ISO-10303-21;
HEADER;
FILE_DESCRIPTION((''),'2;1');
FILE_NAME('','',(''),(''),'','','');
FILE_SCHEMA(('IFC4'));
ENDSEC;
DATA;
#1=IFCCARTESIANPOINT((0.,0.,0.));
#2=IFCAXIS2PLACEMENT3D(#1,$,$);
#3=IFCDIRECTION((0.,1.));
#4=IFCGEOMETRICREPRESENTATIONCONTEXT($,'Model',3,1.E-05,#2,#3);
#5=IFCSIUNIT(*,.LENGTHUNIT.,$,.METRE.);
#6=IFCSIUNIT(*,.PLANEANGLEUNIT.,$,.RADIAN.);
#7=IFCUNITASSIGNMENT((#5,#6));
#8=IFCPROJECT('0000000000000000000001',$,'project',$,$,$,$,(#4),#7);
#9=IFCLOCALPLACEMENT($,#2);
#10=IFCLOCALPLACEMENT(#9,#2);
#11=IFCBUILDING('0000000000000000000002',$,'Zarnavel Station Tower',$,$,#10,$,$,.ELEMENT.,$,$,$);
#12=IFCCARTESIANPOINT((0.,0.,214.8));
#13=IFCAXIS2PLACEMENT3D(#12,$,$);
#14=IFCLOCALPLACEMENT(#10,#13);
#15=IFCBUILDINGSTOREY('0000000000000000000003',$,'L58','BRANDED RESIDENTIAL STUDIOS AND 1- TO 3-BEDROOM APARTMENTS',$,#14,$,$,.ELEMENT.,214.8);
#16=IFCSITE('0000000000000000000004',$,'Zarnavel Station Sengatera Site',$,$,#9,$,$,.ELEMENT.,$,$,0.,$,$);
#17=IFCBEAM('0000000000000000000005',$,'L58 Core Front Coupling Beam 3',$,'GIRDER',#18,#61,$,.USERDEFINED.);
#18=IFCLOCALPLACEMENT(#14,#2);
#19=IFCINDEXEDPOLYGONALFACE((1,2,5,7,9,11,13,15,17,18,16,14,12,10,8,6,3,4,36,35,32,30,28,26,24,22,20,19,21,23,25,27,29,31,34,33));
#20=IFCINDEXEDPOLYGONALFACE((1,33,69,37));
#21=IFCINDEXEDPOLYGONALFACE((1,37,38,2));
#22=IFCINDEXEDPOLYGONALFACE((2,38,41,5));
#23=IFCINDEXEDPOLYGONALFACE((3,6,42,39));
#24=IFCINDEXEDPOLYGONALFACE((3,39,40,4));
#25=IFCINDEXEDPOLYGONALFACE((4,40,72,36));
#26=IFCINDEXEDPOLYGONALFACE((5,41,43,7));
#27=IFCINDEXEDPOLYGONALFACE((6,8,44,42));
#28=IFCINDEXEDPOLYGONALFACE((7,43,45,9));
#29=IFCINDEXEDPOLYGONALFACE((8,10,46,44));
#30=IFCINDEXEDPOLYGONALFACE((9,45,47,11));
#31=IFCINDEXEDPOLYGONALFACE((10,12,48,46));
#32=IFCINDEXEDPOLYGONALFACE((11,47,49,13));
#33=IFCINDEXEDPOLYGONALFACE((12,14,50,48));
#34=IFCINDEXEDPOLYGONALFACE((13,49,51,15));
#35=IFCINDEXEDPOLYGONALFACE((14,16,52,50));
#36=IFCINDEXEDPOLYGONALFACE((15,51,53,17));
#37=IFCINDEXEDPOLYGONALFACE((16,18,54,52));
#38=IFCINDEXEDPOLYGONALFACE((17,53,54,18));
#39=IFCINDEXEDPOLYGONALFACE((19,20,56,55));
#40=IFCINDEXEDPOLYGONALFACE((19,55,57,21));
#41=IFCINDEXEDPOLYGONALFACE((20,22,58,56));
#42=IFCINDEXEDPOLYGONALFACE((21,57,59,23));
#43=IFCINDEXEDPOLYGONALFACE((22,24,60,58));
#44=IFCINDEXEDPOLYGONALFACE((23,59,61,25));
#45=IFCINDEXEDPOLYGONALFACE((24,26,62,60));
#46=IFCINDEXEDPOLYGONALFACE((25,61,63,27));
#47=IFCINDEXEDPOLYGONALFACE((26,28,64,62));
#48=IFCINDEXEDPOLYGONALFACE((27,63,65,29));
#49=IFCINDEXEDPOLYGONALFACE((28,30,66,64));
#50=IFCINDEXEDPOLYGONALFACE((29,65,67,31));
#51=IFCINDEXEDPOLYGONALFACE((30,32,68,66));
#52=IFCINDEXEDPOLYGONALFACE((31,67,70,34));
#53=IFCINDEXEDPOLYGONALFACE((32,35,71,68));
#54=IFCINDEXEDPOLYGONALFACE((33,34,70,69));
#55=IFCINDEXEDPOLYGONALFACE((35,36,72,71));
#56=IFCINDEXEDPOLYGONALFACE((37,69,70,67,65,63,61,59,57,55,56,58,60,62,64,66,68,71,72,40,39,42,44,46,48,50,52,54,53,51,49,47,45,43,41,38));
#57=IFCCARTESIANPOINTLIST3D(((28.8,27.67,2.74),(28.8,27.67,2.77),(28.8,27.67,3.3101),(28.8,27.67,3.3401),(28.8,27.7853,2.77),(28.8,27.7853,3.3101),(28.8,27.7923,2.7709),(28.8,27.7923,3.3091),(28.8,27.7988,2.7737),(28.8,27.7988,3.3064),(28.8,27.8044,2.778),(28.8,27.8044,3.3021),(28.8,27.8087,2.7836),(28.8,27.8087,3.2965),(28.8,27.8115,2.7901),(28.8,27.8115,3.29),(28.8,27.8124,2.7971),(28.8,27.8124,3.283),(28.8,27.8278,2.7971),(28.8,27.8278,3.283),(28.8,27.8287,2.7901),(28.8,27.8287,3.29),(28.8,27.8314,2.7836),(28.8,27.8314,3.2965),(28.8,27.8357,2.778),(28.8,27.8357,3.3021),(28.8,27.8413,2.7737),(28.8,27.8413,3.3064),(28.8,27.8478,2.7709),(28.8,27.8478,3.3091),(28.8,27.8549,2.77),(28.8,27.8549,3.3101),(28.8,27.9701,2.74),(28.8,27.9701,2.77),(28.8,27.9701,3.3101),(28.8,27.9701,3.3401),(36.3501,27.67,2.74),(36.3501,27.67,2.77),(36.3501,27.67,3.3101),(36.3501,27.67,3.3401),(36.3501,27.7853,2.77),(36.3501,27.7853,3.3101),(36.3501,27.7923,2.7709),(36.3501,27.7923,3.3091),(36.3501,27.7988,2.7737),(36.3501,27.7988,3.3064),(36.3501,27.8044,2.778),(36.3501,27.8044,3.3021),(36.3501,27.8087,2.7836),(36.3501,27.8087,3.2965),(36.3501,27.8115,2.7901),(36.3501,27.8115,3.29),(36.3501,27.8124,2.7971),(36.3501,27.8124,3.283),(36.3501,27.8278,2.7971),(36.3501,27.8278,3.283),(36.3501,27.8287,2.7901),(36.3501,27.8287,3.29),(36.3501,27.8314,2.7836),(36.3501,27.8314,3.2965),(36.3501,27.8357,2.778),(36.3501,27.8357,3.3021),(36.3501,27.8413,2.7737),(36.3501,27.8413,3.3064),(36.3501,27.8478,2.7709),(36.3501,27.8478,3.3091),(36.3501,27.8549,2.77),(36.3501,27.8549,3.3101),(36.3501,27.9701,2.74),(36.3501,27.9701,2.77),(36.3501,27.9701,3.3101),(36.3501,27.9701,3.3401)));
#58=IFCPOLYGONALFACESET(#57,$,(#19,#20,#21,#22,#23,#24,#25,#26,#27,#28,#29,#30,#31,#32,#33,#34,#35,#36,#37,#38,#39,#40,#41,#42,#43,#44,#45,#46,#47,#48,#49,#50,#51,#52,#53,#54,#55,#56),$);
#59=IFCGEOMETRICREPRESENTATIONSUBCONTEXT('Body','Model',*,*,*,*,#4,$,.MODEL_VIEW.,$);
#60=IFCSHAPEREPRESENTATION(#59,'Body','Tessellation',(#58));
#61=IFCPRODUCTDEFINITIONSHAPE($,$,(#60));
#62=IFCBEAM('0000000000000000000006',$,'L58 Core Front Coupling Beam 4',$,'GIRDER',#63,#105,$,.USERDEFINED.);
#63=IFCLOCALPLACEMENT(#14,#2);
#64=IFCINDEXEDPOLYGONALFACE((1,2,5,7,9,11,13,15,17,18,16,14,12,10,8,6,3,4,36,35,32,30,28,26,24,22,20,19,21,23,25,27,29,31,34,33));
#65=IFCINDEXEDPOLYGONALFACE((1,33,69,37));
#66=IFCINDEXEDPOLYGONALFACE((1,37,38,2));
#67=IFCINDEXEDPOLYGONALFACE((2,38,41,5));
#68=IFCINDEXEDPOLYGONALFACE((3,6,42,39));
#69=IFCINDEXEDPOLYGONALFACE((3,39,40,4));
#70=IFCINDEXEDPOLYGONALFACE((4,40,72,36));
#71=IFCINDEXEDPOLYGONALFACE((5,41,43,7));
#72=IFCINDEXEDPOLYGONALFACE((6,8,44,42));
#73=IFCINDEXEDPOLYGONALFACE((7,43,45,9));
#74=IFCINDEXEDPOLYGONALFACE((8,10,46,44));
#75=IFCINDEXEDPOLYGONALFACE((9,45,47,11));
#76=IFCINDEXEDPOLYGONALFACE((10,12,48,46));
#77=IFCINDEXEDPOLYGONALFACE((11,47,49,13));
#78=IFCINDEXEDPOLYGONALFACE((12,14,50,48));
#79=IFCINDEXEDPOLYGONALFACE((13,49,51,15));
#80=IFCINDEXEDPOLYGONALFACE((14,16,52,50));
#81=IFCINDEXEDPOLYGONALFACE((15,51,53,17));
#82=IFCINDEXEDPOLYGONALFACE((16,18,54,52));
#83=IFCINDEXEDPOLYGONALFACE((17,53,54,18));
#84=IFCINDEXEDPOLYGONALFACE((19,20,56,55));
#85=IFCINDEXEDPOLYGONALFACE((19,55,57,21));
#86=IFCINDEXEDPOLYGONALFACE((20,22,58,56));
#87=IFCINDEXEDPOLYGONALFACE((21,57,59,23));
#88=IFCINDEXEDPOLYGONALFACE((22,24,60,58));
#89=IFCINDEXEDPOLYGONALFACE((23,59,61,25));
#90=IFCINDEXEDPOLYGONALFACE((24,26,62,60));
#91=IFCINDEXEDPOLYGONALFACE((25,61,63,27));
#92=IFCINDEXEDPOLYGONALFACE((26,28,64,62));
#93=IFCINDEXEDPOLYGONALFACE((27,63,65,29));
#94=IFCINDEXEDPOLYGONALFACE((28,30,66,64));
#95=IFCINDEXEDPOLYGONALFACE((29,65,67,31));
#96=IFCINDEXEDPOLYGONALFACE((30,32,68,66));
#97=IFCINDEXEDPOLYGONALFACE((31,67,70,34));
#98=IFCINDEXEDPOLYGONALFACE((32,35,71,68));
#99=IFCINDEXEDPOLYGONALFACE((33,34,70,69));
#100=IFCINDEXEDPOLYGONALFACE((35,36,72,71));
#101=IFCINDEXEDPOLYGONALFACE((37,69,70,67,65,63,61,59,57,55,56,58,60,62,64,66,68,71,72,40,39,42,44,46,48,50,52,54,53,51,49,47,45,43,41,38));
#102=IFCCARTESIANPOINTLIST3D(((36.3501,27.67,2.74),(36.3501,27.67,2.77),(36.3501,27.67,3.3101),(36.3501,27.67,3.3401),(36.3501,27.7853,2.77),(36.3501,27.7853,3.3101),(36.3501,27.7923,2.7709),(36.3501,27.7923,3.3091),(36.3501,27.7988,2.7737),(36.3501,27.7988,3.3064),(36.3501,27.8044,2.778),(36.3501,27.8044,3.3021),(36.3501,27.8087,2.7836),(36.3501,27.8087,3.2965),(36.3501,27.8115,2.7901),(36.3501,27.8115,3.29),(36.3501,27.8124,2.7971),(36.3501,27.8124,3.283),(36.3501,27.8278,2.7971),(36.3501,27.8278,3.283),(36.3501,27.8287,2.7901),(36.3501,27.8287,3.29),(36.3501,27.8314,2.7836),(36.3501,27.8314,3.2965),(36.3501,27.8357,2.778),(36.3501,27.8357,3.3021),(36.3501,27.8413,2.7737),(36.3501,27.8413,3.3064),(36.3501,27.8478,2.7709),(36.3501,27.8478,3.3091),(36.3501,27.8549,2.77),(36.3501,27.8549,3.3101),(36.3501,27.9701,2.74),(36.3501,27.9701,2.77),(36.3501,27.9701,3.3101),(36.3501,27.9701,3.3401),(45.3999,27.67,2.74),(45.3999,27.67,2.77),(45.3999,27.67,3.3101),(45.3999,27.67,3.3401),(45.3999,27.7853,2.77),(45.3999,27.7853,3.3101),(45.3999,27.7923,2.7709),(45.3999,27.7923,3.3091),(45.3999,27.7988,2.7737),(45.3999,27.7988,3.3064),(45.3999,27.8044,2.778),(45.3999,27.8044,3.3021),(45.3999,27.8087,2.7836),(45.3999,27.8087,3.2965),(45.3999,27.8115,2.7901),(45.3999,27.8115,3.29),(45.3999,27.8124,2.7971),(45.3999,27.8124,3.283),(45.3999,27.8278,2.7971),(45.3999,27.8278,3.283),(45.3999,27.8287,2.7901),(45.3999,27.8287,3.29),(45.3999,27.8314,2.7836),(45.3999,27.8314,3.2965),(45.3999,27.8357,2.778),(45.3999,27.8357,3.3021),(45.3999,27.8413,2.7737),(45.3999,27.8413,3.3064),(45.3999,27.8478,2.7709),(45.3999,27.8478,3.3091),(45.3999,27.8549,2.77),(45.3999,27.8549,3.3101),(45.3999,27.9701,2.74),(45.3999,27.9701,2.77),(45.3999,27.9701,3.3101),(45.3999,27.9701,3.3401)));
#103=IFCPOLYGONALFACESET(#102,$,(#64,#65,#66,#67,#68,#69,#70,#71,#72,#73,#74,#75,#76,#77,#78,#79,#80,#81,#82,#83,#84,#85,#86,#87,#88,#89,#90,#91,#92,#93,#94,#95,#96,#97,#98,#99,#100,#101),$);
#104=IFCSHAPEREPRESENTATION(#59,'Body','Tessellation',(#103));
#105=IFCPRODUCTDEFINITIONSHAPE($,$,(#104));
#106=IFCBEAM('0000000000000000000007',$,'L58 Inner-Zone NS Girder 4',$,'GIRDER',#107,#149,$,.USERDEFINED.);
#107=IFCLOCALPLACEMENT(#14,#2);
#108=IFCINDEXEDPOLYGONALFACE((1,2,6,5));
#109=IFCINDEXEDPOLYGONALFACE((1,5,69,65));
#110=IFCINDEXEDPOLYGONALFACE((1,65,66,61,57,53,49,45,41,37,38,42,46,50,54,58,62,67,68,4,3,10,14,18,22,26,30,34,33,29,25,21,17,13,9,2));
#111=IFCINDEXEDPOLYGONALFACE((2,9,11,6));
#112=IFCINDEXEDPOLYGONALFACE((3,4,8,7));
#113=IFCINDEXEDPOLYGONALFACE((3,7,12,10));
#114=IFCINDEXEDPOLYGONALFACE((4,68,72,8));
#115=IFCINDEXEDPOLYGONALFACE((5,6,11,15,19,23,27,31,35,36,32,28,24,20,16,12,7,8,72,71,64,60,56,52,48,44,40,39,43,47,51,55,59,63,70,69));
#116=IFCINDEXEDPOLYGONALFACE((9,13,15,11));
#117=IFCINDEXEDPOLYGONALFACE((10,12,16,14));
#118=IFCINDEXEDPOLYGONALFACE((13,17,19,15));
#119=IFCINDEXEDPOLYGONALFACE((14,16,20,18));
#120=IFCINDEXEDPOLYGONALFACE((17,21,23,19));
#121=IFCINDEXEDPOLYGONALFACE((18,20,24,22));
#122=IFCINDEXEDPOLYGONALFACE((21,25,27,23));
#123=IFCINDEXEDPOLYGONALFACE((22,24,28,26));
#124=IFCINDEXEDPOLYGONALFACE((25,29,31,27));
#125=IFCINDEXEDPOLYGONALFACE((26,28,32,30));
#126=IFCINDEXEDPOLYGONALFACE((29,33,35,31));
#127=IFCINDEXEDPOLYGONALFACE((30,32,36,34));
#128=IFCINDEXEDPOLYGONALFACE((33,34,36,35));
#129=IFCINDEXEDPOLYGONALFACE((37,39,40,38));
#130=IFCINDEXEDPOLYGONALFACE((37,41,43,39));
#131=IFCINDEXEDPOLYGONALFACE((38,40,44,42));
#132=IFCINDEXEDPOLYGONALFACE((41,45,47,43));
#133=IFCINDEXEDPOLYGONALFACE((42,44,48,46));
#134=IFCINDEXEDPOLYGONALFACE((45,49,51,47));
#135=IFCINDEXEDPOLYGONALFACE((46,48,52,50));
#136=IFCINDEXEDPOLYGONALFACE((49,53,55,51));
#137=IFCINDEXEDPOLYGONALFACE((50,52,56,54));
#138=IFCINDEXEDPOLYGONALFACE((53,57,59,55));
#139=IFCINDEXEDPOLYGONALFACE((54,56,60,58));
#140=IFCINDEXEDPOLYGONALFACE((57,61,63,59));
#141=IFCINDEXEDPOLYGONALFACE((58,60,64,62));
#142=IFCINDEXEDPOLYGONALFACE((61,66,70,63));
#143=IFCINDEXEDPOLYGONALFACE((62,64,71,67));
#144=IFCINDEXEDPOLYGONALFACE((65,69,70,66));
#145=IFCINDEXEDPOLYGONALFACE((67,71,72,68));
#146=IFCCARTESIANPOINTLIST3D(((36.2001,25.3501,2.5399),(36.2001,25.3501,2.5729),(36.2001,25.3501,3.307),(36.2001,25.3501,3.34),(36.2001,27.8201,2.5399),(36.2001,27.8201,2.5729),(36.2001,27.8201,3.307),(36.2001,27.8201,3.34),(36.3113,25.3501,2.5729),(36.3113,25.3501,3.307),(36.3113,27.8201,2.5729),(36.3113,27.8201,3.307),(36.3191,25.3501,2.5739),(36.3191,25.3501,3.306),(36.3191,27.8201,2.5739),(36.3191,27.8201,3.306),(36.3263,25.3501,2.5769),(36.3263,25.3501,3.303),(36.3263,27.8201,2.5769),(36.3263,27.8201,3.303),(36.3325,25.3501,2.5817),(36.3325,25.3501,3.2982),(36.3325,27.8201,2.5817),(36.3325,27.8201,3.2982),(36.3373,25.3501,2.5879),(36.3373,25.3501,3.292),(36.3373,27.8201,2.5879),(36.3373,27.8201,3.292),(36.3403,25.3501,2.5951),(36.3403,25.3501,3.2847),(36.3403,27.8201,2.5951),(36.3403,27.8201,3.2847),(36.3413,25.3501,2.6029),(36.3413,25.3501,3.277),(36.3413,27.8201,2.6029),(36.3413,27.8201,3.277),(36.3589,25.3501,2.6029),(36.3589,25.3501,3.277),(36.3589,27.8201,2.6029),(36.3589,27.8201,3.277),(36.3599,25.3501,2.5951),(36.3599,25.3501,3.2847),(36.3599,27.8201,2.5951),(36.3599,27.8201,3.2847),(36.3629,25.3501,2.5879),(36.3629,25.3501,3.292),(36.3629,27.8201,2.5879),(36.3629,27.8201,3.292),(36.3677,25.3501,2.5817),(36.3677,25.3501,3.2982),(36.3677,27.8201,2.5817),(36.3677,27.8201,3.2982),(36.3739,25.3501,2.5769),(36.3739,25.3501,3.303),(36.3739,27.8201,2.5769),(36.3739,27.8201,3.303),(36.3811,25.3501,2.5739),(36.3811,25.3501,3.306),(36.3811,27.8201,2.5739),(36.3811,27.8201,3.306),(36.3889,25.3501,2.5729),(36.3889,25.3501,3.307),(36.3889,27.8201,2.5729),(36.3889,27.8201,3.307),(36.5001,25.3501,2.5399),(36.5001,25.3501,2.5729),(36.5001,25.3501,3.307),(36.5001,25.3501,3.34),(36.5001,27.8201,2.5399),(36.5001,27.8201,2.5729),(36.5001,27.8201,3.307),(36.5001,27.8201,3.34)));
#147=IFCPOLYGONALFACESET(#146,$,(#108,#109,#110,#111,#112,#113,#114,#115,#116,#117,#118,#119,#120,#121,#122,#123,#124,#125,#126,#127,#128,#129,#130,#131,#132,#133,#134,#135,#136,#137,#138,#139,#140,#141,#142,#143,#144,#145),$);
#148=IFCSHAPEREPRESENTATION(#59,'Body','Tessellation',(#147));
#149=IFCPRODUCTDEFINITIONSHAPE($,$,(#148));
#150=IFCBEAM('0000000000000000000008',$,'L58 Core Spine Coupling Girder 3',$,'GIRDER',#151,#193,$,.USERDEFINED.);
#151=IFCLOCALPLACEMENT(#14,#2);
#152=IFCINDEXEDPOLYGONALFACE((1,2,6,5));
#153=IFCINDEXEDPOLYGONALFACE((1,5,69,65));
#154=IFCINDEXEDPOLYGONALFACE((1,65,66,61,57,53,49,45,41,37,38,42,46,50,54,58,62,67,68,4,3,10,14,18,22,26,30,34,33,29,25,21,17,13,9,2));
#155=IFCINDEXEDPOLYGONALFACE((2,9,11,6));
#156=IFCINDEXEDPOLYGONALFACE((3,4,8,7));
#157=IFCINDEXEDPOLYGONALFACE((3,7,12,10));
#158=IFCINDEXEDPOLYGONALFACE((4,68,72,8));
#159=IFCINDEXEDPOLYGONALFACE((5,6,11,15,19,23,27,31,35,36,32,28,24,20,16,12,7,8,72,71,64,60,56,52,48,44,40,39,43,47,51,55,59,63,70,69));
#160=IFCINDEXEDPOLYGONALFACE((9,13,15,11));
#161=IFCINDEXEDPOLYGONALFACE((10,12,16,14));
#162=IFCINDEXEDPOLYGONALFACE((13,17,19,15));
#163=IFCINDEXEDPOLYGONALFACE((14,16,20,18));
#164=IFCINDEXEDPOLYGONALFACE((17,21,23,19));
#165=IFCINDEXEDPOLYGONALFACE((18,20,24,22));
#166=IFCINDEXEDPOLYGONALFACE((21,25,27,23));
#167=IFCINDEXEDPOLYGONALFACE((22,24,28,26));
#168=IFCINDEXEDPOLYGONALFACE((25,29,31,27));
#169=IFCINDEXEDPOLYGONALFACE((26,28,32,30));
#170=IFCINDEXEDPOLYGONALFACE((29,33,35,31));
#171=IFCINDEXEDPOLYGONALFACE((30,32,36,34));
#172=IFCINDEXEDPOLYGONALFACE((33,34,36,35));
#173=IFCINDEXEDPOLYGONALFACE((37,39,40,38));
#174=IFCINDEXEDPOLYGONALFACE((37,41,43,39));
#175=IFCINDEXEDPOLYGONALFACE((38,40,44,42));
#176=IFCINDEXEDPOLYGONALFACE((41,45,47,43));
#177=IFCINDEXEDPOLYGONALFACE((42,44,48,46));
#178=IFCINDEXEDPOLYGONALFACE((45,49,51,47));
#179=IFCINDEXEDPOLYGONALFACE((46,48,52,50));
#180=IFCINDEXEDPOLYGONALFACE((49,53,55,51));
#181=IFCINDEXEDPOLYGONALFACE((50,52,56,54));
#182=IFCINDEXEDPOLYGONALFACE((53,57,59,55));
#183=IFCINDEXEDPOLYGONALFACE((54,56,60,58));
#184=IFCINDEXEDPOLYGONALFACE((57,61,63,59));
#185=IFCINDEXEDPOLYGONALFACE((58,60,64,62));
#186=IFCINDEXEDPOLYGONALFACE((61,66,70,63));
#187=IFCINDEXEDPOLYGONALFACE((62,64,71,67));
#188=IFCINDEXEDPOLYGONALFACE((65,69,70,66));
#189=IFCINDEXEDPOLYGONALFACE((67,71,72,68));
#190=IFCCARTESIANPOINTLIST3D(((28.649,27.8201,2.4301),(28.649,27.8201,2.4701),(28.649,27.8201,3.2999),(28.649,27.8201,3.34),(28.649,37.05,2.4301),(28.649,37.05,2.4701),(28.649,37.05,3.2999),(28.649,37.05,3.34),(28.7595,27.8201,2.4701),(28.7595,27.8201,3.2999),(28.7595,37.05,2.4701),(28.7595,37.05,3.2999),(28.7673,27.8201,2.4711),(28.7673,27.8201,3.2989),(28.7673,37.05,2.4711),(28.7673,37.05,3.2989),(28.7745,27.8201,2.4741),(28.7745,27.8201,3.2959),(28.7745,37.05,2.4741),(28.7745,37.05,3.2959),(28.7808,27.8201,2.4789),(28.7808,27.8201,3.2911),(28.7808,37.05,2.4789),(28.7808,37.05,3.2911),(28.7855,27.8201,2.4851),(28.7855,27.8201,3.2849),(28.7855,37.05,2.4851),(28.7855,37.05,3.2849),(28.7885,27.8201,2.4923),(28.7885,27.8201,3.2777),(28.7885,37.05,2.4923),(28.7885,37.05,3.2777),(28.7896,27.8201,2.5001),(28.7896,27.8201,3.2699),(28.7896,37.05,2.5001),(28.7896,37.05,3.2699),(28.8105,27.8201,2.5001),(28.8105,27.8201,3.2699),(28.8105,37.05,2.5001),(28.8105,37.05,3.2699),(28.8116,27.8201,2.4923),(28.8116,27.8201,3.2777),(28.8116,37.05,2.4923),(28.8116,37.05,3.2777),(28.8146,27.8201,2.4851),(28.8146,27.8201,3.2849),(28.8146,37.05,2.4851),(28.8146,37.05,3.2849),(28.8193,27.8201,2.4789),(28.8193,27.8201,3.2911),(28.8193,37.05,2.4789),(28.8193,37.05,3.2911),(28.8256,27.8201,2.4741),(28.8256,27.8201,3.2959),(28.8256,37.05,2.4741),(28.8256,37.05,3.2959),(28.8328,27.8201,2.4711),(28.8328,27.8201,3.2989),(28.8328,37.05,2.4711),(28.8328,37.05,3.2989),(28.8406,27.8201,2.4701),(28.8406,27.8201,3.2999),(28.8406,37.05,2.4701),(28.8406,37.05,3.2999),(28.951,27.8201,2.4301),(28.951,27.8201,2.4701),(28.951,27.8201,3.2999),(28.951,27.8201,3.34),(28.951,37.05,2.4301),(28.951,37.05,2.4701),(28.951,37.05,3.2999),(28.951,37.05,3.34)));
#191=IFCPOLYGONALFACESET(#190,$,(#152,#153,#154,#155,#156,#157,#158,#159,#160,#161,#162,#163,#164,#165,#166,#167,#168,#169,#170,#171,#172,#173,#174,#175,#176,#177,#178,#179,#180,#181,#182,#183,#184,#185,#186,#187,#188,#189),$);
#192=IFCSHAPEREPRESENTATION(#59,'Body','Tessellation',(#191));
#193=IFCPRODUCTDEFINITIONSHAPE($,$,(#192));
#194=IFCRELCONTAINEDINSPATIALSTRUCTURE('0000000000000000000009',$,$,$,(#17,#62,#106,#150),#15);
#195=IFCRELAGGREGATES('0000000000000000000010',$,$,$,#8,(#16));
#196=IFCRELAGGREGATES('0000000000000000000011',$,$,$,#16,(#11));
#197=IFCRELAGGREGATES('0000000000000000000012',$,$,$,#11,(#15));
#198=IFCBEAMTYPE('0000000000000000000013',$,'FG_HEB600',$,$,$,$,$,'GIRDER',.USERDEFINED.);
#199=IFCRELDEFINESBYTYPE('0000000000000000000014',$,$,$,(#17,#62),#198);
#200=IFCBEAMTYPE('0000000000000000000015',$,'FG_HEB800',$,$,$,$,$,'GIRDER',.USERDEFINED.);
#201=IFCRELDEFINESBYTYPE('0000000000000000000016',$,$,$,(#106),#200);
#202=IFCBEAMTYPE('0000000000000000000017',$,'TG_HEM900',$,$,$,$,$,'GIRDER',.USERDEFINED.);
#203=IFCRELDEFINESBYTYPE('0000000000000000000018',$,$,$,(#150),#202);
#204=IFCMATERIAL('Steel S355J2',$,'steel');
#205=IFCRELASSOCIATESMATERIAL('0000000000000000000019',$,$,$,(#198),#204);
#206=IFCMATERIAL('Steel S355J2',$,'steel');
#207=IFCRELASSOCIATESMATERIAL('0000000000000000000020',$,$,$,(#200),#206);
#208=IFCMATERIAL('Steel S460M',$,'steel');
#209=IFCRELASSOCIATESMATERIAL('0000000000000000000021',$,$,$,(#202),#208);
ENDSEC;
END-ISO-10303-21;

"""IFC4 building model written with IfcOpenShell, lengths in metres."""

from ifc_helpers import new_model, si_unit, direction, frame, origin, origin_2d, place, context, subcontext, project, spatial, i_section, extrude, material, material_profile, profile_set, type_object, element, save


model = new_model("IFC4")

# Units and contexts
model_context = context("Model", 3, precision=1e-05, world=origin(), true_north=direction((0.0, 1.0)))
body_context = subcontext(model_context, "Body", "Model", "MODEL_VIEW")
ifc_project = project(units=[si_unit("LENGTHUNIT", "METRE"), si_unit("PLANEANGLEUNIT", "RADIAN")], contexts=[model_context])

# Site, building, storey
site_placement = place(None, origin())
site = spatial("IfcSite", under=ifc_project, at=site_placement, Name="Zarnavel Station Sengatera Site", CompositionType="ELEMENT", RefElevation=0.0)
building_placement = place(site_placement, origin())
building = spatial("IfcBuilding", under=site, at=building_placement, Name="Zarnavel Station Tower", CompositionType="ELEMENT")
storey_placement = place(building_placement, frame((0.0, 0.0, 214.8)))
storey = spatial("IfcBuildingStorey", under=building, at=storey_placement, Name="L58", Description="BRANDED RESIDENTIAL STUDIOS AND 1- TO 3-BEDROOM APARTMENTS", CompositionType="ELEMENT", Elevation=214.8)

# Beams
ifc_material_1 = material(Name="Steel S355J2", Category="steel")
ifc_material_profile_1 = material_profile(ifc_material_1, i_section(OverallWidth=0.3, OverallDepth=0.6001, WebThickness=0.0154, FlangeThickness=0.03, FilletRadius=0.0271, at=origin_2d()), Name="HEB600")
ifc_profile_set_1 = profile_set([ifc_material_profile_1], Name="Steel S355J2")
beam_type_1 = type_object("IfcBeamType", Name="FG_HEB600", ElementType="GIRDER", PredefinedType="USERDEFINED", material=ifc_profile_set_1)
beam_1_placement = place(storey_placement, frame((28.8, 27.8201, 3.04), z_axis=(1.0, 0.0, 0.0), x_axis=(0.0, 1.0, 0.0)))
element("IfcBeam", 1, at=beam_1_placement, inside=storey, type_object=beam_type_1, Name="L58 Core Front Coupling Beam 3", ObjectType="GIRDER", PredefinedType="USERDEFINED", context=body_context, shape_type="SweptSolid", body=[
    extrude(i_section(OverallWidth=0.3, OverallDepth=0.6001, WebThickness=0.0154, FlangeThickness=0.03, FilletRadius=0.0271, at=origin_2d()), origin(), (0.0, 0.0, 1.0), 7.55),
])
beam_2_placement = place(storey_placement, frame((36.3501, 27.8201, 3.04), z_axis=(1.0, 0.0, 0.0), x_axis=(0.0, 1.0, 0.0)))
element("IfcBeam", 2, at=beam_2_placement, inside=storey, type_object=beam_type_1, Name="L58 Core Front Coupling Beam 4", ObjectType="GIRDER", PredefinedType="USERDEFINED", context=body_context, shape_type="SweptSolid", body=[
    extrude(i_section(OverallWidth=0.3, OverallDepth=0.6001, WebThickness=0.0154, FlangeThickness=0.03, FilletRadius=0.0271, at=origin_2d()), origin(), (0.0, 0.0, 1.0), 9.0498),
])
ifc_material_2 = material(Name="Steel S355J2", Category="steel")
ifc_material_profile_2 = material_profile(ifc_material_2, i_section(OverallWidth=0.3, OverallDepth=0.8, WebThickness=0.0176, FlangeThickness=0.033, FilletRadius=0.03, at=origin_2d()), Name="HEB800")
ifc_profile_set_2 = profile_set([ifc_material_profile_2], Name="Steel S355J2")
beam_type_2 = type_object("IfcBeamType", Name="FG_HEB800", ElementType="GIRDER", PredefinedType="USERDEFINED", material=ifc_profile_set_2)
beam_3_placement = place(storey_placement, frame((36.3501, 25.3501, 2.9399), z_axis=(0.0, 1.0, 0.0), x_axis=(-1.0, 0.0, 0.0)))
element("IfcBeam", 3, at=beam_3_placement, inside=storey, type_object=beam_type_2, Name="L58 Inner-Zone NS Girder 4", ObjectType="GIRDER", PredefinedType="USERDEFINED", context=body_context, shape_type="SweptSolid", body=[
    extrude(i_section(OverallWidth=0.3, OverallDepth=0.8, WebThickness=0.0176, FlangeThickness=0.033, FilletRadius=0.03, at=origin_2d()), origin(), (0.0, 0.0, 1.0), 2.47),
])
ifc_material_3 = material(Name="Steel S460M", Category="steel")
ifc_material_profile_3 = material_profile(ifc_material_3, i_section(OverallWidth=0.302, OverallDepth=0.9099, WebThickness=0.021, FlangeThickness=0.04, FilletRadius=0.03, at=origin_2d()), Name="HEM900")
ifc_profile_set_3 = profile_set([ifc_material_profile_3], Name="Steel S460M")
beam_type_3 = type_object("IfcBeamType", Name="TG_HEM900", ElementType="GIRDER", PredefinedType="USERDEFINED", material=ifc_profile_set_3)
for number, where, z_axis, x_axis, name in (
    (4, (28.8, 27.8201, 2.885), (0.0, 1.0, 0.0), (-1.0, 0.0, 0.0), "L58 Core Spine Coupling Girder 3"),
):
    element("IfcBeam", number, at=place(storey_placement, frame(where, z_axis=z_axis, x_axis=x_axis)), inside=storey, type_object=beam_type_3, Name=name, ObjectType="GIRDER", PredefinedType="USERDEFINED", context=body_context, shape_type="SweptSolid", body=[
        extrude(i_section(OverallWidth=0.302, OverallDepth=0.9099, WebThickness=0.021, FlangeThickness=0.04, FilletRadius=0.03, at=origin_2d()), origin(), (0.0, 0.0, 1.0), 9.23),
    ])

save(model, "model.ifc")
